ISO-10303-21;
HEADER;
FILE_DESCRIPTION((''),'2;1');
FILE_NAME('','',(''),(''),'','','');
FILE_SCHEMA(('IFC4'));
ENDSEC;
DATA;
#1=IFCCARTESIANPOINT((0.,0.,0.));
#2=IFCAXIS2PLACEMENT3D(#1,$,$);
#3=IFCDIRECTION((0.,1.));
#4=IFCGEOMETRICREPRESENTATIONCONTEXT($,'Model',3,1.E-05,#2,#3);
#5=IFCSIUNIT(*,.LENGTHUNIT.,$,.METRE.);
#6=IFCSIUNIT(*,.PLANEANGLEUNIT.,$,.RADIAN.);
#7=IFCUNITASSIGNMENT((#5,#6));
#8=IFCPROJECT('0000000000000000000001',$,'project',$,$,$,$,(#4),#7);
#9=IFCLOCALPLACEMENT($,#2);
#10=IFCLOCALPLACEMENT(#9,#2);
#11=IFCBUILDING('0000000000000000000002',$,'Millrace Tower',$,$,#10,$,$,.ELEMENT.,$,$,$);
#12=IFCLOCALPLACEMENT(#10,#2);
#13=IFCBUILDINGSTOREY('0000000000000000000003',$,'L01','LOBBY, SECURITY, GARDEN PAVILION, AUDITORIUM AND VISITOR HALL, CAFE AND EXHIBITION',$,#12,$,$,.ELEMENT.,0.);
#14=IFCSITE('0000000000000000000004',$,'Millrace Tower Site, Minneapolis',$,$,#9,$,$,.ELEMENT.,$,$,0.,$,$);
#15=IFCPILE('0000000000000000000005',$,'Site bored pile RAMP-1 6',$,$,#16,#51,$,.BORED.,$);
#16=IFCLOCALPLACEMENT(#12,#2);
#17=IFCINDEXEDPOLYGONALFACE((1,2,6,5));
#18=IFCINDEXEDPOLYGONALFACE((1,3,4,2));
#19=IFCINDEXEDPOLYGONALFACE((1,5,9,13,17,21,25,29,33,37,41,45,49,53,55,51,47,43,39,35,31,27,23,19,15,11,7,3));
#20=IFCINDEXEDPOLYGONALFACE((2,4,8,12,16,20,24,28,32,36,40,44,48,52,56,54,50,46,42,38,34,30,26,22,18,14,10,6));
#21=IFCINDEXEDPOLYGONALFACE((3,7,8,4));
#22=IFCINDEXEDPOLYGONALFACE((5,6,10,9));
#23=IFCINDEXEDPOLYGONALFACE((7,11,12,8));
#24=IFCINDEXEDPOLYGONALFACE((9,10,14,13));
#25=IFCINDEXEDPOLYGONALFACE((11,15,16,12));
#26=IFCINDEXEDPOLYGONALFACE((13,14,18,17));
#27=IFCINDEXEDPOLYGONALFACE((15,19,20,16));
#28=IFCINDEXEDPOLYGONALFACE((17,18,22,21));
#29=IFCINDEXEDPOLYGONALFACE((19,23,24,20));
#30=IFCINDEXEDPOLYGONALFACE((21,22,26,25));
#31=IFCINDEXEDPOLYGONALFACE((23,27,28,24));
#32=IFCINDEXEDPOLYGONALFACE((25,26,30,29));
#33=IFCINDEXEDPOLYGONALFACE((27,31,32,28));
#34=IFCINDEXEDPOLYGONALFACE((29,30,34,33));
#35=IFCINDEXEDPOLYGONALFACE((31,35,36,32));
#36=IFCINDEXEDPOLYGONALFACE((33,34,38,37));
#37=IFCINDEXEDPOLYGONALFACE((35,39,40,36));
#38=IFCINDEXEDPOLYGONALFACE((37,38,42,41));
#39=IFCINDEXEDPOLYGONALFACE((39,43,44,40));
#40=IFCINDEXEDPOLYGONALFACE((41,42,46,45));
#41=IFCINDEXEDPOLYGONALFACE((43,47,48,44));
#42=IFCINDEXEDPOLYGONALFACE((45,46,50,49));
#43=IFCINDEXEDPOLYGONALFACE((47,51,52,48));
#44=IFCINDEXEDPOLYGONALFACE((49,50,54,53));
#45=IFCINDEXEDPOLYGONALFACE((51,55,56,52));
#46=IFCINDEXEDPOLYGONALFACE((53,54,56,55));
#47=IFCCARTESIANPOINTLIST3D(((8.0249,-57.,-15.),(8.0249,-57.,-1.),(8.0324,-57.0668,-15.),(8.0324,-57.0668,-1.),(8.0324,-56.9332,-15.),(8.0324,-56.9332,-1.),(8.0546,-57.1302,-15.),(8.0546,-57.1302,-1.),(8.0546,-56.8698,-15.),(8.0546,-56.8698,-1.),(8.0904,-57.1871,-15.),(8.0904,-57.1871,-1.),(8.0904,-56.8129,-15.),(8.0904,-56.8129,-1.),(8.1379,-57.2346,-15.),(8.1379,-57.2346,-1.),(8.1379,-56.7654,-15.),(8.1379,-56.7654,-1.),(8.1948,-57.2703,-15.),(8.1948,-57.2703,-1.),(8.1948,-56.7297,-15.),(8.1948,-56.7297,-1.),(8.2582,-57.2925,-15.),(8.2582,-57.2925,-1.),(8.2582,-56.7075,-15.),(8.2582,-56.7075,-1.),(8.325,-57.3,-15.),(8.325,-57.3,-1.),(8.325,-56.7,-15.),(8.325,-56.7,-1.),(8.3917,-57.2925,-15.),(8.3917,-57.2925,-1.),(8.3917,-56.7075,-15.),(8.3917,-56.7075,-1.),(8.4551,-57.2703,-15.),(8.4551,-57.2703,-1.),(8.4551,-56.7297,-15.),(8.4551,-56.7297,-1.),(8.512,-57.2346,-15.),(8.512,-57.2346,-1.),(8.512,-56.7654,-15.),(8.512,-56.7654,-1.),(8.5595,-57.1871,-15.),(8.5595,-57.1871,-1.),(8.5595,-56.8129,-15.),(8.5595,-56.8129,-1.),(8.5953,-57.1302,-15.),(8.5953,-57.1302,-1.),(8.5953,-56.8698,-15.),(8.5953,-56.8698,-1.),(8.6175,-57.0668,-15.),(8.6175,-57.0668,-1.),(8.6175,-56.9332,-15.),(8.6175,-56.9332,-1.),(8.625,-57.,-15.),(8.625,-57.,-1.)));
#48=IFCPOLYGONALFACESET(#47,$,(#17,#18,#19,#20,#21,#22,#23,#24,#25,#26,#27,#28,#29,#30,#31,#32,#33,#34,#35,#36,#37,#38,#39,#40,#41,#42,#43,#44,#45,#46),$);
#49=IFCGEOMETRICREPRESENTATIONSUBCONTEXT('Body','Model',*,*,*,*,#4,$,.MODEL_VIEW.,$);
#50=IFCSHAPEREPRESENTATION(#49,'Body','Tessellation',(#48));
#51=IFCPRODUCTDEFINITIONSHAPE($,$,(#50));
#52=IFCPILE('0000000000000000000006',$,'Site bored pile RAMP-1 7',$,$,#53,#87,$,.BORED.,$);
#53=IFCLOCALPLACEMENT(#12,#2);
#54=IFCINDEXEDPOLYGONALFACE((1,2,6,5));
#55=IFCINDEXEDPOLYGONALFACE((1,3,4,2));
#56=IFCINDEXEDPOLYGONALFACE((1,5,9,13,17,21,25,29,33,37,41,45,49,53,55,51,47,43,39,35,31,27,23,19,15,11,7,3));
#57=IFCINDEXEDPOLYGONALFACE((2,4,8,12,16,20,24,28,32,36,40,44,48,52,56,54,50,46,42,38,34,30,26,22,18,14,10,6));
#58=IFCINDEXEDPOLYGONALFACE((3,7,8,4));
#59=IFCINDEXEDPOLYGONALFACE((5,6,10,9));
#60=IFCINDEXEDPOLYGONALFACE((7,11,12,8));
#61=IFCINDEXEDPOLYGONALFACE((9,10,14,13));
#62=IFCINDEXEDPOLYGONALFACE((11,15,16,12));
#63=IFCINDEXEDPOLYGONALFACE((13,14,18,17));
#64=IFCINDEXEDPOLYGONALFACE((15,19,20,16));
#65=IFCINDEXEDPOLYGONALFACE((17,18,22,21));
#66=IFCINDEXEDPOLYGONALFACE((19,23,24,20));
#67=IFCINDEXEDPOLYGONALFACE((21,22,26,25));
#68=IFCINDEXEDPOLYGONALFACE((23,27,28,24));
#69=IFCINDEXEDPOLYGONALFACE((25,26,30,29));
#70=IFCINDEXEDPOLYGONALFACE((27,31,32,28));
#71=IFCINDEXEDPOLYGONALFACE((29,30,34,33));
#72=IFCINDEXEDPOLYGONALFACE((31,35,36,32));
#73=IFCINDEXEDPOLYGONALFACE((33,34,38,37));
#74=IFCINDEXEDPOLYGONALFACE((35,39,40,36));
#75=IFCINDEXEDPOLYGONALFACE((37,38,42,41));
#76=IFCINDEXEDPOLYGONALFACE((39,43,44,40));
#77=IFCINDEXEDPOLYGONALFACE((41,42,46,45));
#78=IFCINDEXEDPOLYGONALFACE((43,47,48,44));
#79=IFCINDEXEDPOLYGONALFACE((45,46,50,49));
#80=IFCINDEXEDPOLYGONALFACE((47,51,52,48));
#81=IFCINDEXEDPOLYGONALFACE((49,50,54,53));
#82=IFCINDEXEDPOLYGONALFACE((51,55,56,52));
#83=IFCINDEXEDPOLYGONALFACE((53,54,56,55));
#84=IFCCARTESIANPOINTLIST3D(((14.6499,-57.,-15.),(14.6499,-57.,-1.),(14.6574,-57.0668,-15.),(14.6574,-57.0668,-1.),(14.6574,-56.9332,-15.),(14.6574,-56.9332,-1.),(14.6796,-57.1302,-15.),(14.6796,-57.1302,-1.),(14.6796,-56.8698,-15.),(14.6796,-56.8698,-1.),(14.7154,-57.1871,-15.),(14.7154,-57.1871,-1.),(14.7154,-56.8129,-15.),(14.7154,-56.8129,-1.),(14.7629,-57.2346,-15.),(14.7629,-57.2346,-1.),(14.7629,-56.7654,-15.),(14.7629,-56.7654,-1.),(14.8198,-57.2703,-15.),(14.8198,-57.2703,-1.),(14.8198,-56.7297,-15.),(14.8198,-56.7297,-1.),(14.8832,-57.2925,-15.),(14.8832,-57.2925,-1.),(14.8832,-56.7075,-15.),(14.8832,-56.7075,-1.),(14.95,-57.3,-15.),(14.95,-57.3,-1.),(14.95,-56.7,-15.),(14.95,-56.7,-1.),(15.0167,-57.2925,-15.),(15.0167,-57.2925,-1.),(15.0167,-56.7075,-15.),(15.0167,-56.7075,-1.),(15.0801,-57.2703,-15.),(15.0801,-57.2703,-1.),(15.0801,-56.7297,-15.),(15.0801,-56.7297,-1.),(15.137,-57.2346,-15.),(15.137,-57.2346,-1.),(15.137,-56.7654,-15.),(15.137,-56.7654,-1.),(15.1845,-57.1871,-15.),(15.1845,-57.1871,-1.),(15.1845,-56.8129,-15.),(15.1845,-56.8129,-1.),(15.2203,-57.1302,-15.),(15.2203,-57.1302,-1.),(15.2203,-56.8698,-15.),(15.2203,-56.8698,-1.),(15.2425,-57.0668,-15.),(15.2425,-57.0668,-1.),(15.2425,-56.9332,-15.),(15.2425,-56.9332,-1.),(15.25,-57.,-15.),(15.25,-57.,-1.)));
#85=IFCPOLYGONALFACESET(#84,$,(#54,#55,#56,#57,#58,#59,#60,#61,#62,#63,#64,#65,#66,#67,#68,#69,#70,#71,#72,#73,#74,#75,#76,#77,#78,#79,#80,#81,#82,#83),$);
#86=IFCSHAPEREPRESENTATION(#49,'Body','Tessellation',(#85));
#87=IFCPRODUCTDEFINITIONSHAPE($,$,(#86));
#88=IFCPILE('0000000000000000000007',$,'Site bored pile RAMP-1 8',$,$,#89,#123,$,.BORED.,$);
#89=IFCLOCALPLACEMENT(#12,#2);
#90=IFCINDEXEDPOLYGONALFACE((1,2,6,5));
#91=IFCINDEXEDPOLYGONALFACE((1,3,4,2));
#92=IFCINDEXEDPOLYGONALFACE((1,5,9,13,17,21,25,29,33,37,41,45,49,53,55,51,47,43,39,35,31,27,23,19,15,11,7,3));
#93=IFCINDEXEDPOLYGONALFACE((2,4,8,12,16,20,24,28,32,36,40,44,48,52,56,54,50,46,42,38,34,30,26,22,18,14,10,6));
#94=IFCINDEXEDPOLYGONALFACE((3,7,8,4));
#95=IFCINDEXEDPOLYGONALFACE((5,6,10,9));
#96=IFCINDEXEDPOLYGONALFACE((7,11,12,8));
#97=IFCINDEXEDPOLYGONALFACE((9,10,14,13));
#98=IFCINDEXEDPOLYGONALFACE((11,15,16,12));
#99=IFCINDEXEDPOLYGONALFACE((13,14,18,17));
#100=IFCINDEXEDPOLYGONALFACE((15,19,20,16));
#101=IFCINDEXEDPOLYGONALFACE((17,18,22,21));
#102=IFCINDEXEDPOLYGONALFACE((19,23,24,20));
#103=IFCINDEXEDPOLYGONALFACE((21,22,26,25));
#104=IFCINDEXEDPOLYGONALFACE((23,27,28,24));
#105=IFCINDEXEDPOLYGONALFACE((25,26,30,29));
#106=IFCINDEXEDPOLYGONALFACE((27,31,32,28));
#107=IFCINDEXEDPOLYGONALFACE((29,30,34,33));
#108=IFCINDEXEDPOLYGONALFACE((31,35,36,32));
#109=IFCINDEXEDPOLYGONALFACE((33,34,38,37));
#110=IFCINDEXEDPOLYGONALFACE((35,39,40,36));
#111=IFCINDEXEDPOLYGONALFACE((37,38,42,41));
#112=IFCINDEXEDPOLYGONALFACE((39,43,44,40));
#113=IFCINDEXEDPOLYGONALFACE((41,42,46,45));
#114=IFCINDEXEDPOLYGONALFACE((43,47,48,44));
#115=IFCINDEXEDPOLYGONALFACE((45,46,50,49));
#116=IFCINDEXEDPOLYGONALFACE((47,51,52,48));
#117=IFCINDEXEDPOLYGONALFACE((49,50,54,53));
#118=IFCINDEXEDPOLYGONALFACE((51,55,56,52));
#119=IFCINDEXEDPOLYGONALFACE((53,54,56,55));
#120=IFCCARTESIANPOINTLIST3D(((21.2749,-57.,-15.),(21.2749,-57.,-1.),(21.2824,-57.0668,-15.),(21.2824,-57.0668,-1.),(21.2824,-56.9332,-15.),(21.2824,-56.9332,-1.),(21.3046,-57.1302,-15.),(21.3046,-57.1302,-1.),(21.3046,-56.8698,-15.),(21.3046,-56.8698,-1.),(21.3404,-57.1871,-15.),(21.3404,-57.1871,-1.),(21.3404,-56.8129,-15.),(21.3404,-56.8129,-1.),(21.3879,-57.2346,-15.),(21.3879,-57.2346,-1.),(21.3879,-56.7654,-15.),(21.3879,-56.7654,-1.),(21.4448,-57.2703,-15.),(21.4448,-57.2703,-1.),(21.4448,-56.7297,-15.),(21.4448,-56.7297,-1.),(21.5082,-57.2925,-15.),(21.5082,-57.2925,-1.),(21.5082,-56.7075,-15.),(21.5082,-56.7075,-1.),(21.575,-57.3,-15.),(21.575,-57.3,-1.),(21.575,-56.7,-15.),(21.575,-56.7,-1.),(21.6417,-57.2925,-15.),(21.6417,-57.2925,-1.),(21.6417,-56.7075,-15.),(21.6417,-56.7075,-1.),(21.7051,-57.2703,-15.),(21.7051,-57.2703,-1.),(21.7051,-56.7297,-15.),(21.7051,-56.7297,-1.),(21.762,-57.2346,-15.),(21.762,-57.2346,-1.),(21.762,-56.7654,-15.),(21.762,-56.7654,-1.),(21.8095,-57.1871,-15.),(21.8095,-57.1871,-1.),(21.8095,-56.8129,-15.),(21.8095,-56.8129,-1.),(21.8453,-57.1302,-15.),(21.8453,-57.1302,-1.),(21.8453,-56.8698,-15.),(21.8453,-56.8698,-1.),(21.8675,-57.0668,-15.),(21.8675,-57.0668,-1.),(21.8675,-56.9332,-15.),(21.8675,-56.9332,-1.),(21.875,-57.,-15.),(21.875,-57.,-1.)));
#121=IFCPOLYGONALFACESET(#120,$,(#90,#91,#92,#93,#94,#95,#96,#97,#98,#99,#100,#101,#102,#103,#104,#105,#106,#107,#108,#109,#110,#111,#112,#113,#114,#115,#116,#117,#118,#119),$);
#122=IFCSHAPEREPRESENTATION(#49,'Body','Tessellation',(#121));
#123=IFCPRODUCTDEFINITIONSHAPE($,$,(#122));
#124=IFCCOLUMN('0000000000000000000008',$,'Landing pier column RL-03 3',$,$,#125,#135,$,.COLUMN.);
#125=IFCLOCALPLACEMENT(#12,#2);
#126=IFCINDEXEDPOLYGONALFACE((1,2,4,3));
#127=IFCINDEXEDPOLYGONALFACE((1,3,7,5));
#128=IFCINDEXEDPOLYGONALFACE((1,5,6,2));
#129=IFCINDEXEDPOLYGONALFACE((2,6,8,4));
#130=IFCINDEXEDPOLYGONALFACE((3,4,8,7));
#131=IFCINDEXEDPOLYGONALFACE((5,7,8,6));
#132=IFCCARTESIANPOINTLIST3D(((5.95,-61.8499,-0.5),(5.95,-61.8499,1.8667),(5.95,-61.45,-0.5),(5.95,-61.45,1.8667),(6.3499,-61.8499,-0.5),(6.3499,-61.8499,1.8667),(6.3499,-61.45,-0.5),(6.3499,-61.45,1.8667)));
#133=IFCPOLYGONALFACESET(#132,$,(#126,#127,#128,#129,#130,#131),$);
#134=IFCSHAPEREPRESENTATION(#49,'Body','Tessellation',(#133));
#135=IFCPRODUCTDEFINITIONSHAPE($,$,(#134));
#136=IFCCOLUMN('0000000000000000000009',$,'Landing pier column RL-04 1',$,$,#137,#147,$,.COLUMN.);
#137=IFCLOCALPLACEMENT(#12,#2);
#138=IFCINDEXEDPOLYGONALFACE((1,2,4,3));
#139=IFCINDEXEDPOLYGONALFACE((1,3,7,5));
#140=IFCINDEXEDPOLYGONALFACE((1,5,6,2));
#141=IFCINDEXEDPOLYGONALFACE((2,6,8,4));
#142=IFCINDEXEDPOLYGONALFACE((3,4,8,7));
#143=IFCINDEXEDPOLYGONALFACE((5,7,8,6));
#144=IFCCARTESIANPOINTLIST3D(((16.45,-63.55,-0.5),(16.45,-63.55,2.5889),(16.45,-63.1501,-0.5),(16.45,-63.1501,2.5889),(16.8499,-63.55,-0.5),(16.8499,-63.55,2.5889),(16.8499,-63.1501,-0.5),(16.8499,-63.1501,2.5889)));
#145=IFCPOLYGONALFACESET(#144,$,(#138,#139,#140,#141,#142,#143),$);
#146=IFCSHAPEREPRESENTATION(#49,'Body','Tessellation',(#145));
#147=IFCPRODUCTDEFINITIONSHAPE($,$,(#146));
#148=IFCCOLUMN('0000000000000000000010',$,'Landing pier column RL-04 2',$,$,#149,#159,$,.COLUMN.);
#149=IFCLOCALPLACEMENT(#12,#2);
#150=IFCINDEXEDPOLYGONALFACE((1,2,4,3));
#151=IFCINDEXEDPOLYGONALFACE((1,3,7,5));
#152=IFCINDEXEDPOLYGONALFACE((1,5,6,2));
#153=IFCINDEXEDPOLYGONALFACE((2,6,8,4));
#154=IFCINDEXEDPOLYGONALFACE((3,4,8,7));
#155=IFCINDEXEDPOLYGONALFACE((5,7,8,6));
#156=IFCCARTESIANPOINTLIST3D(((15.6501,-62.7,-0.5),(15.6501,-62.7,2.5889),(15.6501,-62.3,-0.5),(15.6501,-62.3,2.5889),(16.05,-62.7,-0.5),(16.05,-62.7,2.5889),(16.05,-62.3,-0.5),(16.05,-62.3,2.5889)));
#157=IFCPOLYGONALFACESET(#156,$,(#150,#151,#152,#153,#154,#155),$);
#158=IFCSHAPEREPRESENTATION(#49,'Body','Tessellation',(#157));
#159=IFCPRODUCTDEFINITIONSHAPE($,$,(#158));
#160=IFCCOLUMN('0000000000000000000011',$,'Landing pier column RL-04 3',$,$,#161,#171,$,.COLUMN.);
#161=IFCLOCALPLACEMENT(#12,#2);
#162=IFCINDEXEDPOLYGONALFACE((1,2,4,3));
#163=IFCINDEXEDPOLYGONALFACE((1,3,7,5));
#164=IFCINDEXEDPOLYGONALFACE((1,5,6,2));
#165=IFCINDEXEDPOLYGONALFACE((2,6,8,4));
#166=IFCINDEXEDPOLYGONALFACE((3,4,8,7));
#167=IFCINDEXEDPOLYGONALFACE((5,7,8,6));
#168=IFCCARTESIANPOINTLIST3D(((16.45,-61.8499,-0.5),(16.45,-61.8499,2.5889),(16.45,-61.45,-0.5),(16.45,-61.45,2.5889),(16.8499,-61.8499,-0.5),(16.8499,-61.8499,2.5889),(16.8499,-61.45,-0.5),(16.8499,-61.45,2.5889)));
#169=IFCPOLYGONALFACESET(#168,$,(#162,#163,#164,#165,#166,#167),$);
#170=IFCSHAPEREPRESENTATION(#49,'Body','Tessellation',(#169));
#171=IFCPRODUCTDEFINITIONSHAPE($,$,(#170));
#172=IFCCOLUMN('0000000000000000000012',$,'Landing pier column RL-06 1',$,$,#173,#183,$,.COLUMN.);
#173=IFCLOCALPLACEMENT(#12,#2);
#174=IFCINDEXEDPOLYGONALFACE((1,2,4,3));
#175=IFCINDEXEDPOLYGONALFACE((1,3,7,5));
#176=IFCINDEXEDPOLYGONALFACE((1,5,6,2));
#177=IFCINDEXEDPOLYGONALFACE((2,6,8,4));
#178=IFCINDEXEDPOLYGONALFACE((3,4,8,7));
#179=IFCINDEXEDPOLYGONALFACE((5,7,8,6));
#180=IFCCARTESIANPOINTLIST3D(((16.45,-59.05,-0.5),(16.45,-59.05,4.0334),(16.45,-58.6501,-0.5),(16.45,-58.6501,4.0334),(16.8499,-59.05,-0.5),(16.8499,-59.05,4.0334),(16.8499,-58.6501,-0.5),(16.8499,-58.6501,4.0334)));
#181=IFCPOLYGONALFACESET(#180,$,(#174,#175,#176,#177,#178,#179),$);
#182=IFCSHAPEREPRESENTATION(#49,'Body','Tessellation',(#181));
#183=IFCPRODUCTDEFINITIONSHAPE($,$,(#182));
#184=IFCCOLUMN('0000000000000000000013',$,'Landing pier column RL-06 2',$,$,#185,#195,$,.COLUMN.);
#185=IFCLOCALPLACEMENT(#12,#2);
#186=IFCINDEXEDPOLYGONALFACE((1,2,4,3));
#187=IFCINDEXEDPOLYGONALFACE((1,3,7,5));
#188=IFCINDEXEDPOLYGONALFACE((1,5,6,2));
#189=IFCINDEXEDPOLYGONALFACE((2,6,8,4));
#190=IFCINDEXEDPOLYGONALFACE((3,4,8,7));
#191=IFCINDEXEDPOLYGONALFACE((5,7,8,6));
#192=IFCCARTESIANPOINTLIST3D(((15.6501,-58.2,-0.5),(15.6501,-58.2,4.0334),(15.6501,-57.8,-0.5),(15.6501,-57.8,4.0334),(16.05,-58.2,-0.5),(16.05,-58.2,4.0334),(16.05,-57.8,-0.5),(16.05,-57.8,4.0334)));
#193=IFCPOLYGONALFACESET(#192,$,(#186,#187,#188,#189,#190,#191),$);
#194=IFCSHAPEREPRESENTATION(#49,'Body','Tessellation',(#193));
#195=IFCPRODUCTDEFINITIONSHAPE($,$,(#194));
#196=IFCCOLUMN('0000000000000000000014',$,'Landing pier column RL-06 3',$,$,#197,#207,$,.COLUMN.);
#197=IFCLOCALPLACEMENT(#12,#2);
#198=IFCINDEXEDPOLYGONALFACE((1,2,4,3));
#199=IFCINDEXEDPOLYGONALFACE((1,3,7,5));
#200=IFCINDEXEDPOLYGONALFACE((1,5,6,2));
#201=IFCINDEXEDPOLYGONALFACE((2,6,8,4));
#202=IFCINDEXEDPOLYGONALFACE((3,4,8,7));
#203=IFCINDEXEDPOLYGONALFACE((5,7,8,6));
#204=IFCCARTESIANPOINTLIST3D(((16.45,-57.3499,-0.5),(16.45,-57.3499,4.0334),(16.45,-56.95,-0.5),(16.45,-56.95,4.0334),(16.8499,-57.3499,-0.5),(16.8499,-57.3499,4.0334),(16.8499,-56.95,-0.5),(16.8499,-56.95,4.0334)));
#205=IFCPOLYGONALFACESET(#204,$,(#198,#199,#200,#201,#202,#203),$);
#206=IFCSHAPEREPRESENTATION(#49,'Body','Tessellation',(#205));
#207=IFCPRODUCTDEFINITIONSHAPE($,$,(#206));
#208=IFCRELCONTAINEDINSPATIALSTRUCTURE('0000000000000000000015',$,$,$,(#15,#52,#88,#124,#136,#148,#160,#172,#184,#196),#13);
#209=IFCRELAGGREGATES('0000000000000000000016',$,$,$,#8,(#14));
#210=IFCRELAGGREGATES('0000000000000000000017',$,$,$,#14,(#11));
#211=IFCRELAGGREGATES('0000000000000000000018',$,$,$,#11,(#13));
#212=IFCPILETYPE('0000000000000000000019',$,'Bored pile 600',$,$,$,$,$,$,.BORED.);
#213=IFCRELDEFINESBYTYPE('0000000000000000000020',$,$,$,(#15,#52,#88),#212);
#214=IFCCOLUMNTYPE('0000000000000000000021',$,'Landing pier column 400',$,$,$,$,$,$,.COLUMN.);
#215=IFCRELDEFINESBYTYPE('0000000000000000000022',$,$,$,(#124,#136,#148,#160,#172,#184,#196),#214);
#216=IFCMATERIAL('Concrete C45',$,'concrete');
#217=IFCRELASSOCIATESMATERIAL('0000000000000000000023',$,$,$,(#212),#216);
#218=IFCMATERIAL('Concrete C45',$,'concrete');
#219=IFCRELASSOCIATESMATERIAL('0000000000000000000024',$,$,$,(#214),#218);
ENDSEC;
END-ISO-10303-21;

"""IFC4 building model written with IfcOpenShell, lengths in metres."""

from ifc_helpers import new_model, si_unit, direction, frame, origin, origin_2d, place, context, subcontext, project, spatial, rectangle, circle, extrude, material, material_profile, profile_set, type_object, element, save


model = new_model("IFC4")

# Units and contexts
model_context = context("Model", 3, precision=1e-05, world=origin(), true_north=direction((0.0, 1.0)))
body_context = subcontext(model_context, "Body", "Model", "MODEL_VIEW")
ifc_project = project(units=[si_unit("LENGTHUNIT", "METRE"), si_unit("PLANEANGLEUNIT", "RADIAN")], contexts=[model_context])

# Site, building, storey
site_placement = place(None, origin())
site = spatial("IfcSite", under=ifc_project, at=site_placement, Name="Millrace Tower Site, Minneapolis", CompositionType="ELEMENT", RefElevation=0.0)
building_placement = place(site_placement, origin())
building = spatial("IfcBuilding", under=site, at=building_placement, Name="Millrace Tower", CompositionType="ELEMENT")
storey_placement = place(building_placement, origin())
storey = spatial("IfcBuildingStorey", under=building, at=storey_placement, Name="L01", Description="LOBBY, SECURITY, GARDEN PAVILION, AUDITORIUM AND VISITOR HALL, CAFE AND EXHIBITION", CompositionType="ELEMENT", Elevation=0.0)

# Piles
ifc_material_1 = material(Name="Concrete C45", Category="concrete")
ifc_material_profile_1 = material_profile(ifc_material_1, circle(Radius=0.3, at=origin_2d()))
ifc_profile_set_1 = profile_set([ifc_material_profile_1], Name="Concrete C45")
pile_type = type_object("IfcPileType", Name="Bored pile 600", PredefinedType="BORED", material=ifc_profile_set_1)
for number, where, z_axis, x_axis, name in (
    (1, (8.325, -57.0, -1.0), (0.0, 0.0, -1.0), (1.0, 0.0, 0.0), "Site bored pile RAMP-1 6"),
    (2, (14.95, -57.0, -1.0), (0.0, 0.0, -1.0), (1.0, 0.0, 0.0), "Site bored pile RAMP-1 7"),
    (3, (21.575, -57.0, -1.0), (0.0, 0.0, -1.0), (1.0, 0.0, 0.0), "Site bored pile RAMP-1 8"),
):
    element("IfcPile", number, at=place(storey_placement, frame(where, z_axis=z_axis, x_axis=x_axis)), inside=storey, type_object=pile_type, Name=name, PredefinedType="BORED", context=body_context, shape_type="SweptSolid", body=[
        extrude(circle(Radius=0.3, at=origin_2d()), origin(), (0.0, 0.0, 1.0), 14.0),
    ])

# Columns
ifc_material_2 = material(Name="Concrete C45", Category="concrete")
ifc_material_profile_2 = material_profile(ifc_material_2, rectangle(XDim=0.3999, YDim=0.3999, at=origin_2d()))
ifc_profile_set_2 = profile_set([ifc_material_profile_2], Name="Concrete C45")
column_type_1 = type_object("IfcColumnType", Name="Landing pier column 400", PredefinedType="COLUMN", material=ifc_profile_set_2)
column_1_placement = place(storey_placement, frame((6.1499, -61.6499, -0.5), z_axis=(0.0, 0.0, 1.0), x_axis=(1.0, 0.0, 0.0)))
element("IfcColumn", 4, at=column_1_placement, inside=storey, type_object=column_type_1, Name="Landing pier column RL-03 3", PredefinedType="COLUMN", context=body_context, shape_type="SweptSolid", body=[
    extrude(rectangle(XDim=0.3999, YDim=0.3999, at=origin_2d()), origin(), (0.0, 0.0, 1.0), 2.3667),
])
for number, where, z_axis, x_axis, name in (
    (5, (16.6499, -63.3501, -0.5), (0.0, 0.0, 1.0), (1.0, 0.0, 0.0), "Landing pier column RL-04 1"),
    (6, (15.8501, -62.5, -0.5), (0.0, 0.0, 1.0), (1.0, 0.0, 0.0), "Landing pier column RL-04 2"),
    (7, (16.6499, -61.6499, -0.5), (0.0, 0.0, 1.0), (1.0, 0.0, 0.0), "Landing pier column RL-04 3"),
):
    element("IfcColumn", number, at=place(storey_placement, frame(where, z_axis=z_axis, x_axis=x_axis)), inside=storey, type_object=column_type_1, Name=name, PredefinedType="COLUMN", context=body_context, shape_type="SweptSolid", body=[
        extrude(rectangle(XDim=0.3999, YDim=0.3999, at=origin_2d()), origin(), (0.0, 0.0, 1.0), 3.0889),
    ])
for number, where, z_axis, x_axis, name in (
    (8, (16.6499, -58.8501, -0.5), (0.0, 0.0, 1.0), (1.0, 0.0, 0.0), "Landing pier column RL-06 1"),
    (9, (15.8501, -58.0, -0.5), (0.0, 0.0, 1.0), (1.0, 0.0, 0.0), "Landing pier column RL-06 2"),
    (10, (16.6499, -57.1499, -0.5), (0.0, 0.0, 1.0), (1.0, 0.0, 0.0), "Landing pier column RL-06 3"),
):
    element("IfcColumn", number, at=place(storey_placement, frame(where, z_axis=z_axis, x_axis=x_axis)), inside=storey, type_object=column_type_1, Name=name, PredefinedType="COLUMN", context=body_context, shape_type="SweptSolid", body=[
        extrude(rectangle(XDim=0.3999, YDim=0.3999, at=origin_2d()), origin(), (0.0, 0.0, 1.0), 4.5334),
    ])

save(model, "model.ifc")
